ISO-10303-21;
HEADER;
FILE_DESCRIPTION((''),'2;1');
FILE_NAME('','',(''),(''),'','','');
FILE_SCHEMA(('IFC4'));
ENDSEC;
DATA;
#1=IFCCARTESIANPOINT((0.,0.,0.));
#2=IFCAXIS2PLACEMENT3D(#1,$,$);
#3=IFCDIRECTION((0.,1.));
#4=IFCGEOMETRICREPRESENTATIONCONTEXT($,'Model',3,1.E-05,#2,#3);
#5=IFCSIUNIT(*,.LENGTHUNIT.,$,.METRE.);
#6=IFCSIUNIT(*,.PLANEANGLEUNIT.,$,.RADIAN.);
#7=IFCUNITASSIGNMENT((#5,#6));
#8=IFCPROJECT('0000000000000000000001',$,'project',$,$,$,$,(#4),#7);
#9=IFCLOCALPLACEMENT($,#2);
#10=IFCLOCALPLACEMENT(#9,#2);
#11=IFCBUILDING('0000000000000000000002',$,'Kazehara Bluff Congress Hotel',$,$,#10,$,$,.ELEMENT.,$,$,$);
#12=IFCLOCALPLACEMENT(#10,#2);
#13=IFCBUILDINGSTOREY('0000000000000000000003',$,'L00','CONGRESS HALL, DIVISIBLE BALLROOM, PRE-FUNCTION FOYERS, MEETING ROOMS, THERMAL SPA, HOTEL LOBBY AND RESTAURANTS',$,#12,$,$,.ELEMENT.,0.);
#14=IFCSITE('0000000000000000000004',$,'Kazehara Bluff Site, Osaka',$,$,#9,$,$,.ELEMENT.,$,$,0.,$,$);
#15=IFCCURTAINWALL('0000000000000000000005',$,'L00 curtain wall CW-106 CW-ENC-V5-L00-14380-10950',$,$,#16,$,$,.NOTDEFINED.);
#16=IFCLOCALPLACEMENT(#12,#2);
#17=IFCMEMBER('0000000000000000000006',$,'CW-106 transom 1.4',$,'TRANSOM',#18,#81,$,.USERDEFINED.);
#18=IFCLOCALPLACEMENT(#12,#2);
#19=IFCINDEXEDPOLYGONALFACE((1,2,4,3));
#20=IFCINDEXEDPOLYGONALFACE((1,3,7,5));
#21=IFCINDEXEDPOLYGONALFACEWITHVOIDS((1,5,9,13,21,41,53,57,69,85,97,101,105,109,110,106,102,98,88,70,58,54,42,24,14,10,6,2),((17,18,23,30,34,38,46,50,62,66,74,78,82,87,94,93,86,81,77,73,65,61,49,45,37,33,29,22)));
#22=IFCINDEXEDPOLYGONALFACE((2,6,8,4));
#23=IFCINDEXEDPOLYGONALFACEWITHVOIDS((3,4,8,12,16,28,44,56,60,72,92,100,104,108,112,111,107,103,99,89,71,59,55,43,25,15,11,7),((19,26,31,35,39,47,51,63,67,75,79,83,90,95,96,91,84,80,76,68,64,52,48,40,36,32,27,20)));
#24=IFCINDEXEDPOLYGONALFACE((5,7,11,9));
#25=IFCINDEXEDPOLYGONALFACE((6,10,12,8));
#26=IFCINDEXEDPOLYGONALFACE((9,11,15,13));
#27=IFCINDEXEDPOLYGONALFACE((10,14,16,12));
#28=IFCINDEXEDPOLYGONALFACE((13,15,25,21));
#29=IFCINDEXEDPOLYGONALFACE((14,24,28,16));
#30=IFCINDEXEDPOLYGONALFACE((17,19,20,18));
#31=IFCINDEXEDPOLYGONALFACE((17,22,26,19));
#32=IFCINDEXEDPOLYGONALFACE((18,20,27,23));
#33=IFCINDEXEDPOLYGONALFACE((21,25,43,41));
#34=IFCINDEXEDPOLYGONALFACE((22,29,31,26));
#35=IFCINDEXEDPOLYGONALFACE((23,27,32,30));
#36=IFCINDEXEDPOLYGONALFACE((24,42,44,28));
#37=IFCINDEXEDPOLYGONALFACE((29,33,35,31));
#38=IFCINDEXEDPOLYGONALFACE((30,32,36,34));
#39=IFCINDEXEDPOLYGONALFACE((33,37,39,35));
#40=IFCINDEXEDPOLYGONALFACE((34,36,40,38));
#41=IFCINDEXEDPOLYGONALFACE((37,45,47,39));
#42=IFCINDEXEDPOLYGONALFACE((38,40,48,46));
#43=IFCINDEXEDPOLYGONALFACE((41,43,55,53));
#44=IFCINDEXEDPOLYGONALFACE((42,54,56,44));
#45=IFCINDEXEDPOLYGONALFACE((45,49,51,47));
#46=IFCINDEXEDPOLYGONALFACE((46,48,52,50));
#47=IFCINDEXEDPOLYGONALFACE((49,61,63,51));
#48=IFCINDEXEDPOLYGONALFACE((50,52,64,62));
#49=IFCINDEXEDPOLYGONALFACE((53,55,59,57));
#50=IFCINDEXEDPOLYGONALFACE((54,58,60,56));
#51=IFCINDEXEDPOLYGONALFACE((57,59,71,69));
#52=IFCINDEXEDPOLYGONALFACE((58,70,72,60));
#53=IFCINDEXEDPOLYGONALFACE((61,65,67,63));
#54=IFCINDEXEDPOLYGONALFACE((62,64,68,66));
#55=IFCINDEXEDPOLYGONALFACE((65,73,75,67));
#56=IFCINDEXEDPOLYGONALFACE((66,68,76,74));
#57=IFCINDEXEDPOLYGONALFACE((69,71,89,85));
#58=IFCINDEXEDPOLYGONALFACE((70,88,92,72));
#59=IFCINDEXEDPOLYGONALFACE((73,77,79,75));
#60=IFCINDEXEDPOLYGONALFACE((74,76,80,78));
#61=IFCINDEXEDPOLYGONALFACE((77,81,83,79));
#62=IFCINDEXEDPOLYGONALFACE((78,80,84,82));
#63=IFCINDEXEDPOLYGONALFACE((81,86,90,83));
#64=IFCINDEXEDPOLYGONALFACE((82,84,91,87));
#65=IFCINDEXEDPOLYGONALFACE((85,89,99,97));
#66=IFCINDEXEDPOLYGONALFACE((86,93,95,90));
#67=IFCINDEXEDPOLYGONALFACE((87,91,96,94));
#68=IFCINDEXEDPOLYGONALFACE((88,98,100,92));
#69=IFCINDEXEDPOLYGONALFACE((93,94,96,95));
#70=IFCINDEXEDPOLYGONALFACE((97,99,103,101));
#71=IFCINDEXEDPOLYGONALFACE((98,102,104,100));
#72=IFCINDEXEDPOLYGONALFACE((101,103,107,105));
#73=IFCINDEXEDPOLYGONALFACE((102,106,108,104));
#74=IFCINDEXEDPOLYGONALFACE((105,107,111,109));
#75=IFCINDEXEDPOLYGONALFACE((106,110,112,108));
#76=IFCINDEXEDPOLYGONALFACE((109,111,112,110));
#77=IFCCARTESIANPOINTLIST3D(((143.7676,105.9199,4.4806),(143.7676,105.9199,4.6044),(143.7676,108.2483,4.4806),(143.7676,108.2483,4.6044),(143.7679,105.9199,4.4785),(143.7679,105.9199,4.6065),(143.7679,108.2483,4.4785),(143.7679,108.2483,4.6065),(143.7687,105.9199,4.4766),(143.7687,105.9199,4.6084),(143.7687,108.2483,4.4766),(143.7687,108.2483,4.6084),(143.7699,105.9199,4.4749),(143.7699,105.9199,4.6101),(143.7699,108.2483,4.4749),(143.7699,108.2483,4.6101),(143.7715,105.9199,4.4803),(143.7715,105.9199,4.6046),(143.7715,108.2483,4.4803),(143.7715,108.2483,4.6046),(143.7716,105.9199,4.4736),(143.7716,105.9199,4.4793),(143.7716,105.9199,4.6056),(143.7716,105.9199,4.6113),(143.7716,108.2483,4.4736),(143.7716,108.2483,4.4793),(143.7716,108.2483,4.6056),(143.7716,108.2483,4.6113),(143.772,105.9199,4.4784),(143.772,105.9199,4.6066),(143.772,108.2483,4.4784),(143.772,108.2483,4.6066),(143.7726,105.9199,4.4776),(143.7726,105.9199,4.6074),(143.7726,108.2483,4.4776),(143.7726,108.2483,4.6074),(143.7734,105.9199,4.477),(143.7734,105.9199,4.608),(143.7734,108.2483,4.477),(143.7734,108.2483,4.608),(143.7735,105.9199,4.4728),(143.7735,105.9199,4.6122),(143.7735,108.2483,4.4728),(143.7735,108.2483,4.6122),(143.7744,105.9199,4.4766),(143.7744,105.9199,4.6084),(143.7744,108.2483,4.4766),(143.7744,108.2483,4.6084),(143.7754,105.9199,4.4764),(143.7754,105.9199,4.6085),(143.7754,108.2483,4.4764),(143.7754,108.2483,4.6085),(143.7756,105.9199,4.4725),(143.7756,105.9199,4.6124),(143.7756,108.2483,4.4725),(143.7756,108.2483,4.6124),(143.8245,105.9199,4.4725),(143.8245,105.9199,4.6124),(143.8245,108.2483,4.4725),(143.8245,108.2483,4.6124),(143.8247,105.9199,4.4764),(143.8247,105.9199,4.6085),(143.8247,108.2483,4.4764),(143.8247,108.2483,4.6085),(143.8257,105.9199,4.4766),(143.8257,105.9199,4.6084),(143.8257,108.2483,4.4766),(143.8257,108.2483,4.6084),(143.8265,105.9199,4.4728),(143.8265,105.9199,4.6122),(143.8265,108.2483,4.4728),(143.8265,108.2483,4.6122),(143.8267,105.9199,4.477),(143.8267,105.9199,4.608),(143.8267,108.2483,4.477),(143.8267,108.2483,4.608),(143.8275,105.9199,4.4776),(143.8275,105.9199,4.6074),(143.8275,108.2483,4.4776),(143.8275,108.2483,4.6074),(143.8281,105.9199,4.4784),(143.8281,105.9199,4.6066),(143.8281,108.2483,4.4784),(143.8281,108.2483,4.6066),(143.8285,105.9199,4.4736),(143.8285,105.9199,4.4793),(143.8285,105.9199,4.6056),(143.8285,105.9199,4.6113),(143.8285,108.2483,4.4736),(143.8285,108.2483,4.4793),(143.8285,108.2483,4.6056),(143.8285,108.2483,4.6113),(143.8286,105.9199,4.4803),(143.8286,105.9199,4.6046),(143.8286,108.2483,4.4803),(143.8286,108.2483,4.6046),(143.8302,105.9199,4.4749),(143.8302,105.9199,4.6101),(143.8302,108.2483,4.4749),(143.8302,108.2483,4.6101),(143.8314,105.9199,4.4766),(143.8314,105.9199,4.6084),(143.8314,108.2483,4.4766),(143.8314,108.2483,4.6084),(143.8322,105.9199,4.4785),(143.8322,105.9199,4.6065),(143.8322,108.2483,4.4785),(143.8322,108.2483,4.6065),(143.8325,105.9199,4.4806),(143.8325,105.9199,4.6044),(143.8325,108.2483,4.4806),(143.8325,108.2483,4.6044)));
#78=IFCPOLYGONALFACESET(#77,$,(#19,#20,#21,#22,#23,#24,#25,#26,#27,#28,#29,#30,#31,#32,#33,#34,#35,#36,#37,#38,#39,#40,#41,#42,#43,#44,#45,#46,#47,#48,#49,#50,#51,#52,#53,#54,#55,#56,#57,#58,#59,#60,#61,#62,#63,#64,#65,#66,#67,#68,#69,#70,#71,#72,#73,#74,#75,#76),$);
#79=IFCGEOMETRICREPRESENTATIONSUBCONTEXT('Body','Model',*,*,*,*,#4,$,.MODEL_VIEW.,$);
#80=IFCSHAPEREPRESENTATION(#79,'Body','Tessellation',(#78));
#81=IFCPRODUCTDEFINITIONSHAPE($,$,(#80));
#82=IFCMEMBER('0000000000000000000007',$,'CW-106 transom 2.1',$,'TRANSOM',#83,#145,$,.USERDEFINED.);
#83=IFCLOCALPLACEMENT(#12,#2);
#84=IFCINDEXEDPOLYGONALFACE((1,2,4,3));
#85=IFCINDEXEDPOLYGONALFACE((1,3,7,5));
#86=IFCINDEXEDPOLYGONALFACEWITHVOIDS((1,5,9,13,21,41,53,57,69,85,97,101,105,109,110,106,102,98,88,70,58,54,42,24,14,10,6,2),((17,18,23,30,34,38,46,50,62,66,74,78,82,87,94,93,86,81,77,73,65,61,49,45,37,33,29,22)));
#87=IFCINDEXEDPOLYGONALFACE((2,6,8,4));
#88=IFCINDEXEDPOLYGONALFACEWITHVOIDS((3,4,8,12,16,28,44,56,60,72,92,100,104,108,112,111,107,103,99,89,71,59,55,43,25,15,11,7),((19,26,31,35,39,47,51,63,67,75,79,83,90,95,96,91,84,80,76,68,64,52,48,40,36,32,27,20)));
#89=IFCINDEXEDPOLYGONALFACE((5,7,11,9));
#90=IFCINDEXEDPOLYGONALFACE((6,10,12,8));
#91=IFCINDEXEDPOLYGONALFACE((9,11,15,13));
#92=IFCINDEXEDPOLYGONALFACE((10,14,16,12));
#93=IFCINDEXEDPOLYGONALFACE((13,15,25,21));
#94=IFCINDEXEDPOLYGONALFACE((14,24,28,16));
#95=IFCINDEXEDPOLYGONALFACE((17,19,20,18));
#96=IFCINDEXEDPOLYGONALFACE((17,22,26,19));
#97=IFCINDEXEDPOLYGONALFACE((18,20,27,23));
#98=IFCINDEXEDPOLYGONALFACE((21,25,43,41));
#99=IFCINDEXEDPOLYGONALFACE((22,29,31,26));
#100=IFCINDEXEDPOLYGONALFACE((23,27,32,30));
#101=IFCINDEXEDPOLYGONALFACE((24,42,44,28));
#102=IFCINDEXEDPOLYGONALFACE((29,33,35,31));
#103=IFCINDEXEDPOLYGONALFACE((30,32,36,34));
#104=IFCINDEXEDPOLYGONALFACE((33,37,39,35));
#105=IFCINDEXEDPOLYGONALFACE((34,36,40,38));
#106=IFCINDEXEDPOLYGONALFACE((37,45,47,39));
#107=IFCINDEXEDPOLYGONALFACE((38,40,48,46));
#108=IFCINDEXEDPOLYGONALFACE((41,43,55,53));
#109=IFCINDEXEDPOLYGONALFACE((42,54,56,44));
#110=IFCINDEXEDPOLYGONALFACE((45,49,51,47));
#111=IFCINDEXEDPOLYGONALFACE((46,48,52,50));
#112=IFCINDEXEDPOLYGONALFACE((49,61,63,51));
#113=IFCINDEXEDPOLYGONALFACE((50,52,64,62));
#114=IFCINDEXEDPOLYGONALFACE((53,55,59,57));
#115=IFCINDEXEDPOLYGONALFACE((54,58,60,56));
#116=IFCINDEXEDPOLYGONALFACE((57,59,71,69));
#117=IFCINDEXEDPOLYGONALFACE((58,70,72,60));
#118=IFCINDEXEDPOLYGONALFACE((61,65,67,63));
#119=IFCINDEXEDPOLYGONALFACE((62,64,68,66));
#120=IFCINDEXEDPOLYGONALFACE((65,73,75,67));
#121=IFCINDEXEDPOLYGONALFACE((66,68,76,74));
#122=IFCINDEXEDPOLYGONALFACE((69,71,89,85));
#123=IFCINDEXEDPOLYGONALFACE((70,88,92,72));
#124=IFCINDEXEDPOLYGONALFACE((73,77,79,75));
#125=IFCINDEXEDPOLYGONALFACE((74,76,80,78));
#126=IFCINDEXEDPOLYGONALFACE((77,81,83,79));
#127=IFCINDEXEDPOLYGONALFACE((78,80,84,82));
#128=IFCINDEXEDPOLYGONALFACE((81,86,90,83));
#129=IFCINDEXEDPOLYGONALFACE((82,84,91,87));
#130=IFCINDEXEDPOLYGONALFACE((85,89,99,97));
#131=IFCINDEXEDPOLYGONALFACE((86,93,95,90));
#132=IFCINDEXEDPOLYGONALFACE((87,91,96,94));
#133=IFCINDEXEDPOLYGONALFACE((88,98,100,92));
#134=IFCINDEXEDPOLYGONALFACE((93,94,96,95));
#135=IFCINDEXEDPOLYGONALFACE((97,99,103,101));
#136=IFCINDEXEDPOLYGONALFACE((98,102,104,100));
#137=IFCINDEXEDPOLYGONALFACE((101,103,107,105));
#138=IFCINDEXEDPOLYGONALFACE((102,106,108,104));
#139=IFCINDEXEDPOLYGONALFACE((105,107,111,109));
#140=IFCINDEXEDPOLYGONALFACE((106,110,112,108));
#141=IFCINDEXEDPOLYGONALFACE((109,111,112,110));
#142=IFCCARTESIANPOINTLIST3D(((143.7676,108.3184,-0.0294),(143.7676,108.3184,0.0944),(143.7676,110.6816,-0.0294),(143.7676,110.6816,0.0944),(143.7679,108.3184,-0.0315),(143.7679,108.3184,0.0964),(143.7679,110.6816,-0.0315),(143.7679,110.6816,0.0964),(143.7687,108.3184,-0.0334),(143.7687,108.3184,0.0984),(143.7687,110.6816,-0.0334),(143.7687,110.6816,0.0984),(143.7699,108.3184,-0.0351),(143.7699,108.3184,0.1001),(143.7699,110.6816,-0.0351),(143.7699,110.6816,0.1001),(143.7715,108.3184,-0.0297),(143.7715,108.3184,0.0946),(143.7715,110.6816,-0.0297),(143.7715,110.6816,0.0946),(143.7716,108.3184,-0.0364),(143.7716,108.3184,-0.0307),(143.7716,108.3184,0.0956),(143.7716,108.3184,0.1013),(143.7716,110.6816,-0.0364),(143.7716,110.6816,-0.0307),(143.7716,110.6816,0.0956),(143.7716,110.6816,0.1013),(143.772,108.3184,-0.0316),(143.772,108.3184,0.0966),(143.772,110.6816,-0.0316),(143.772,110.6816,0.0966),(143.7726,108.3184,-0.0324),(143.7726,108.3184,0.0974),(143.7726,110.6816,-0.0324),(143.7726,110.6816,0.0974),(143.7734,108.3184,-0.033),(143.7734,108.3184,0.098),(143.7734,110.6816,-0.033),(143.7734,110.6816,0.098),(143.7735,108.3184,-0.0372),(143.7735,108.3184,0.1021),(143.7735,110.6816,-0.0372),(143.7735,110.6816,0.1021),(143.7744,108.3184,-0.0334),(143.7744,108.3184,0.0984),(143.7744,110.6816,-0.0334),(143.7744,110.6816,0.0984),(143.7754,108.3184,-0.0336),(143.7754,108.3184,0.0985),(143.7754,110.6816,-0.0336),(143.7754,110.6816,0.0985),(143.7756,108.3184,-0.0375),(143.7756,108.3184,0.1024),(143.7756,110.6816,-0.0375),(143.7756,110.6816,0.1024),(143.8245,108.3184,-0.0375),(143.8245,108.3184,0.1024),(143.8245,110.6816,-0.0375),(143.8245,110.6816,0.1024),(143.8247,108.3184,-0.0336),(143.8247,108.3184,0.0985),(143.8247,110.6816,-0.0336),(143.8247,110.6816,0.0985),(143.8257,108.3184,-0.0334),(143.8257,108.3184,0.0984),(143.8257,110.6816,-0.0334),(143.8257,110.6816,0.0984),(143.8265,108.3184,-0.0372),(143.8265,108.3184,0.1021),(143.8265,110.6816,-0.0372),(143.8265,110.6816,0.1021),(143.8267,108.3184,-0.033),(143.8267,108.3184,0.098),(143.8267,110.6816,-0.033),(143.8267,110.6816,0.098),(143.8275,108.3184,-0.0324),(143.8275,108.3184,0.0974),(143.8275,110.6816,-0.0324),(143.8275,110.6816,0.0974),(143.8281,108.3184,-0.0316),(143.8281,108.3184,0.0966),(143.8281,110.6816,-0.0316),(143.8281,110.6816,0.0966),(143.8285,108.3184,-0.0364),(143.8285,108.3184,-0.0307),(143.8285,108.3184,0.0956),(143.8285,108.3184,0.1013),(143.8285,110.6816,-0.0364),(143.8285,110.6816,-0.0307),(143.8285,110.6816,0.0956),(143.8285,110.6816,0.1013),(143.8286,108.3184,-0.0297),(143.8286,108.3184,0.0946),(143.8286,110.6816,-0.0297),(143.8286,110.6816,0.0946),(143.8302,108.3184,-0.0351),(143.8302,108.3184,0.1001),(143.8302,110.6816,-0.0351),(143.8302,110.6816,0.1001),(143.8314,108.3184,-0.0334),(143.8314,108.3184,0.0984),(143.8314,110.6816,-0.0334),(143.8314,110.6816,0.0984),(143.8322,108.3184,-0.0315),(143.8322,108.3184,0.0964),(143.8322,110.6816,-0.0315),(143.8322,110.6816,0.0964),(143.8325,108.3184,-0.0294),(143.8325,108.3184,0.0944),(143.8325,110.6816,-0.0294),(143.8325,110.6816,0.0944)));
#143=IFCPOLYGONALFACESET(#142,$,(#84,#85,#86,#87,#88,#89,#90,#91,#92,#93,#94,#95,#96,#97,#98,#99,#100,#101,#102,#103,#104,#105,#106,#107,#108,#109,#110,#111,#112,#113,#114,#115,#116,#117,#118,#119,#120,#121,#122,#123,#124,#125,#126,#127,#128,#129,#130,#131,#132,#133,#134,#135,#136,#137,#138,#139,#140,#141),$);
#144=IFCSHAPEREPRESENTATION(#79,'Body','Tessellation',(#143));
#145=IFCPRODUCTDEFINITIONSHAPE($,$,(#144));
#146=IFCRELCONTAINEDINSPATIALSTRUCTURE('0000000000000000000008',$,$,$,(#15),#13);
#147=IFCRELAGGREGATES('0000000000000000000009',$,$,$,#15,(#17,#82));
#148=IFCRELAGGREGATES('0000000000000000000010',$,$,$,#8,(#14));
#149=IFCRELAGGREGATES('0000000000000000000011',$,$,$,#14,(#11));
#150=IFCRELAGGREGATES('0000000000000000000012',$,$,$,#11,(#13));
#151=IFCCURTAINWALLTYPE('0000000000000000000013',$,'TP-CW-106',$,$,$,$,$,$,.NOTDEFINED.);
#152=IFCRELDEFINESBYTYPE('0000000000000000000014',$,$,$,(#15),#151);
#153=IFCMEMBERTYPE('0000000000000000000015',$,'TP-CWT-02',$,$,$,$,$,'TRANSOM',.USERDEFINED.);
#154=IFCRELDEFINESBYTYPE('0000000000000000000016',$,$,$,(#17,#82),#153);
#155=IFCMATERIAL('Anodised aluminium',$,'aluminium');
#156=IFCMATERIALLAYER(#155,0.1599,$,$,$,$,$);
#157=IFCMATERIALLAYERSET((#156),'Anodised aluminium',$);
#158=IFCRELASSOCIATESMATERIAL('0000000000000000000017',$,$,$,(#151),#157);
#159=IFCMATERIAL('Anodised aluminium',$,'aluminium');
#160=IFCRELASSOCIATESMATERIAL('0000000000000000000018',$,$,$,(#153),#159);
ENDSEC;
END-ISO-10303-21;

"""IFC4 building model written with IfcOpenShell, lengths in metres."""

from ifc_helpers import new_model, si_unit, direction, frame, origin, origin_2d, place, context, subcontext, project, spatial, hollow_rectangle, extrude, material, layer, layer_set, material_profile, profile_set, type_object, element, aggregate, save


model = new_model("IFC4")

# Units and contexts
model_context = context("Model", 3, precision=1e-05, world=origin(), true_north=direction((0.0, 1.0)))
body_context = subcontext(model_context, "Body", "Model", "MODEL_VIEW")
ifc_project = project(units=[si_unit("LENGTHUNIT", "METRE"), si_unit("PLANEANGLEUNIT", "RADIAN")], contexts=[model_context])

# Site, building, storey
site_placement = place(None, origin())
site = spatial("IfcSite", under=ifc_project, at=site_placement, Name="Kazehara Bluff Site, Osaka", CompositionType="ELEMENT", RefElevation=0.0)
building_placement = place(site_placement, origin())
building = spatial("IfcBuilding", under=site, at=building_placement, Name="Kazehara Bluff Congress Hotel", CompositionType="ELEMENT")
storey_placement = place(building_placement, origin())
storey = spatial("IfcBuildingStorey", under=building, at=storey_placement, Name="L00", Description="CONGRESS HALL, DIVISIBLE BALLROOM, PRE-FUNCTION FOYERS, MEETING ROOMS, THERMAL SPA, HOTEL LOBBY AND RESTAURANTS", CompositionType="ELEMENT", Elevation=0.0)

# Curtain wall
ifc_material_1 = material(Name="Anodised aluminium", Category="aluminium")
ifc_layer_1 = layer(ifc_material_1, 0.1599)
ifc_layer_set_1 = layer_set([ifc_layer_1], Name="Anodised aluminium")
curtain_wall_type_1 = type_object("IfcCurtainWallType", Name="TP-CW-106", PredefinedType="NOTDEFINED", material=ifc_layer_set_1)
curtain_wall_1_placement = place(storey_placement, origin())
curtain_wall_1 = element("IfcCurtainWall", 1, at=curtain_wall_1_placement, inside=storey, type_object=curtain_wall_type_1, Name="L00 curtain wall CW-106 CW-ENC-V5-L00-14380-10950", PredefinedType="NOTDEFINED")

# Members
ifc_material_2 = material(Name="Anodised aluminium", Category="aluminium")
ifc_material_profile_1 = material_profile(ifc_material_2, hollow_rectangle(XDim=0.0649, YDim=0.1399, WallThickness=0.0039, InnerFilletRadius=0.0039, OuterFilletRadius=0.0081, at=origin_2d()))
ifc_profile_set_1 = profile_set([ifc_material_profile_1], Name="Anodised aluminium")
member_type_1 = type_object("IfcMemberType", Name="TP-CWT-02", ElementType="TRANSOM", PredefinedType="USERDEFINED", material=ifc_profile_set_1)
member_1_placement = place(storey_placement, frame((143.8, 105.9199, 4.5425), z_axis=(0.0, 1.0, 0.0), x_axis=(-1.0, 0.0, 0.0)))
member_1 = element("IfcMember", 2, at=member_1_placement, type_object=member_type_1, Name="CW-106 transom 1.4", ObjectType="TRANSOM", PredefinedType="USERDEFINED", context=body_context, shape_type="SweptSolid", body=[
    extrude(hollow_rectangle(XDim=0.0649, YDim=0.1399, WallThickness=0.0039, InnerFilletRadius=0.0039, OuterFilletRadius=0.0081, at=origin_2d()), origin(), (0.0, 0.0, 1.0), 2.3284),
])
member_2_placement = place(storey_placement, frame((143.8, 108.3184, 0.0325), z_axis=(0.0, 1.0, 0.0), x_axis=(-1.0, 0.0, 0.0)))
member_2 = element("IfcMember", 3, at=member_2_placement, type_object=member_type_1, Name="CW-106 transom 2.1", ObjectType="TRANSOM", PredefinedType="USERDEFINED", context=body_context, shape_type="SweptSolid", body=[
    extrude(hollow_rectangle(XDim=0.0649, YDim=0.1399, WallThickness=0.0039, InnerFilletRadius=0.0039, OuterFilletRadius=0.0081, at=origin_2d()), origin(), (0.0, 0.0, 1.0), 2.3633),
])

aggregate(curtain_wall_1, [member_1, member_2])

save(model, "model.ifc")
